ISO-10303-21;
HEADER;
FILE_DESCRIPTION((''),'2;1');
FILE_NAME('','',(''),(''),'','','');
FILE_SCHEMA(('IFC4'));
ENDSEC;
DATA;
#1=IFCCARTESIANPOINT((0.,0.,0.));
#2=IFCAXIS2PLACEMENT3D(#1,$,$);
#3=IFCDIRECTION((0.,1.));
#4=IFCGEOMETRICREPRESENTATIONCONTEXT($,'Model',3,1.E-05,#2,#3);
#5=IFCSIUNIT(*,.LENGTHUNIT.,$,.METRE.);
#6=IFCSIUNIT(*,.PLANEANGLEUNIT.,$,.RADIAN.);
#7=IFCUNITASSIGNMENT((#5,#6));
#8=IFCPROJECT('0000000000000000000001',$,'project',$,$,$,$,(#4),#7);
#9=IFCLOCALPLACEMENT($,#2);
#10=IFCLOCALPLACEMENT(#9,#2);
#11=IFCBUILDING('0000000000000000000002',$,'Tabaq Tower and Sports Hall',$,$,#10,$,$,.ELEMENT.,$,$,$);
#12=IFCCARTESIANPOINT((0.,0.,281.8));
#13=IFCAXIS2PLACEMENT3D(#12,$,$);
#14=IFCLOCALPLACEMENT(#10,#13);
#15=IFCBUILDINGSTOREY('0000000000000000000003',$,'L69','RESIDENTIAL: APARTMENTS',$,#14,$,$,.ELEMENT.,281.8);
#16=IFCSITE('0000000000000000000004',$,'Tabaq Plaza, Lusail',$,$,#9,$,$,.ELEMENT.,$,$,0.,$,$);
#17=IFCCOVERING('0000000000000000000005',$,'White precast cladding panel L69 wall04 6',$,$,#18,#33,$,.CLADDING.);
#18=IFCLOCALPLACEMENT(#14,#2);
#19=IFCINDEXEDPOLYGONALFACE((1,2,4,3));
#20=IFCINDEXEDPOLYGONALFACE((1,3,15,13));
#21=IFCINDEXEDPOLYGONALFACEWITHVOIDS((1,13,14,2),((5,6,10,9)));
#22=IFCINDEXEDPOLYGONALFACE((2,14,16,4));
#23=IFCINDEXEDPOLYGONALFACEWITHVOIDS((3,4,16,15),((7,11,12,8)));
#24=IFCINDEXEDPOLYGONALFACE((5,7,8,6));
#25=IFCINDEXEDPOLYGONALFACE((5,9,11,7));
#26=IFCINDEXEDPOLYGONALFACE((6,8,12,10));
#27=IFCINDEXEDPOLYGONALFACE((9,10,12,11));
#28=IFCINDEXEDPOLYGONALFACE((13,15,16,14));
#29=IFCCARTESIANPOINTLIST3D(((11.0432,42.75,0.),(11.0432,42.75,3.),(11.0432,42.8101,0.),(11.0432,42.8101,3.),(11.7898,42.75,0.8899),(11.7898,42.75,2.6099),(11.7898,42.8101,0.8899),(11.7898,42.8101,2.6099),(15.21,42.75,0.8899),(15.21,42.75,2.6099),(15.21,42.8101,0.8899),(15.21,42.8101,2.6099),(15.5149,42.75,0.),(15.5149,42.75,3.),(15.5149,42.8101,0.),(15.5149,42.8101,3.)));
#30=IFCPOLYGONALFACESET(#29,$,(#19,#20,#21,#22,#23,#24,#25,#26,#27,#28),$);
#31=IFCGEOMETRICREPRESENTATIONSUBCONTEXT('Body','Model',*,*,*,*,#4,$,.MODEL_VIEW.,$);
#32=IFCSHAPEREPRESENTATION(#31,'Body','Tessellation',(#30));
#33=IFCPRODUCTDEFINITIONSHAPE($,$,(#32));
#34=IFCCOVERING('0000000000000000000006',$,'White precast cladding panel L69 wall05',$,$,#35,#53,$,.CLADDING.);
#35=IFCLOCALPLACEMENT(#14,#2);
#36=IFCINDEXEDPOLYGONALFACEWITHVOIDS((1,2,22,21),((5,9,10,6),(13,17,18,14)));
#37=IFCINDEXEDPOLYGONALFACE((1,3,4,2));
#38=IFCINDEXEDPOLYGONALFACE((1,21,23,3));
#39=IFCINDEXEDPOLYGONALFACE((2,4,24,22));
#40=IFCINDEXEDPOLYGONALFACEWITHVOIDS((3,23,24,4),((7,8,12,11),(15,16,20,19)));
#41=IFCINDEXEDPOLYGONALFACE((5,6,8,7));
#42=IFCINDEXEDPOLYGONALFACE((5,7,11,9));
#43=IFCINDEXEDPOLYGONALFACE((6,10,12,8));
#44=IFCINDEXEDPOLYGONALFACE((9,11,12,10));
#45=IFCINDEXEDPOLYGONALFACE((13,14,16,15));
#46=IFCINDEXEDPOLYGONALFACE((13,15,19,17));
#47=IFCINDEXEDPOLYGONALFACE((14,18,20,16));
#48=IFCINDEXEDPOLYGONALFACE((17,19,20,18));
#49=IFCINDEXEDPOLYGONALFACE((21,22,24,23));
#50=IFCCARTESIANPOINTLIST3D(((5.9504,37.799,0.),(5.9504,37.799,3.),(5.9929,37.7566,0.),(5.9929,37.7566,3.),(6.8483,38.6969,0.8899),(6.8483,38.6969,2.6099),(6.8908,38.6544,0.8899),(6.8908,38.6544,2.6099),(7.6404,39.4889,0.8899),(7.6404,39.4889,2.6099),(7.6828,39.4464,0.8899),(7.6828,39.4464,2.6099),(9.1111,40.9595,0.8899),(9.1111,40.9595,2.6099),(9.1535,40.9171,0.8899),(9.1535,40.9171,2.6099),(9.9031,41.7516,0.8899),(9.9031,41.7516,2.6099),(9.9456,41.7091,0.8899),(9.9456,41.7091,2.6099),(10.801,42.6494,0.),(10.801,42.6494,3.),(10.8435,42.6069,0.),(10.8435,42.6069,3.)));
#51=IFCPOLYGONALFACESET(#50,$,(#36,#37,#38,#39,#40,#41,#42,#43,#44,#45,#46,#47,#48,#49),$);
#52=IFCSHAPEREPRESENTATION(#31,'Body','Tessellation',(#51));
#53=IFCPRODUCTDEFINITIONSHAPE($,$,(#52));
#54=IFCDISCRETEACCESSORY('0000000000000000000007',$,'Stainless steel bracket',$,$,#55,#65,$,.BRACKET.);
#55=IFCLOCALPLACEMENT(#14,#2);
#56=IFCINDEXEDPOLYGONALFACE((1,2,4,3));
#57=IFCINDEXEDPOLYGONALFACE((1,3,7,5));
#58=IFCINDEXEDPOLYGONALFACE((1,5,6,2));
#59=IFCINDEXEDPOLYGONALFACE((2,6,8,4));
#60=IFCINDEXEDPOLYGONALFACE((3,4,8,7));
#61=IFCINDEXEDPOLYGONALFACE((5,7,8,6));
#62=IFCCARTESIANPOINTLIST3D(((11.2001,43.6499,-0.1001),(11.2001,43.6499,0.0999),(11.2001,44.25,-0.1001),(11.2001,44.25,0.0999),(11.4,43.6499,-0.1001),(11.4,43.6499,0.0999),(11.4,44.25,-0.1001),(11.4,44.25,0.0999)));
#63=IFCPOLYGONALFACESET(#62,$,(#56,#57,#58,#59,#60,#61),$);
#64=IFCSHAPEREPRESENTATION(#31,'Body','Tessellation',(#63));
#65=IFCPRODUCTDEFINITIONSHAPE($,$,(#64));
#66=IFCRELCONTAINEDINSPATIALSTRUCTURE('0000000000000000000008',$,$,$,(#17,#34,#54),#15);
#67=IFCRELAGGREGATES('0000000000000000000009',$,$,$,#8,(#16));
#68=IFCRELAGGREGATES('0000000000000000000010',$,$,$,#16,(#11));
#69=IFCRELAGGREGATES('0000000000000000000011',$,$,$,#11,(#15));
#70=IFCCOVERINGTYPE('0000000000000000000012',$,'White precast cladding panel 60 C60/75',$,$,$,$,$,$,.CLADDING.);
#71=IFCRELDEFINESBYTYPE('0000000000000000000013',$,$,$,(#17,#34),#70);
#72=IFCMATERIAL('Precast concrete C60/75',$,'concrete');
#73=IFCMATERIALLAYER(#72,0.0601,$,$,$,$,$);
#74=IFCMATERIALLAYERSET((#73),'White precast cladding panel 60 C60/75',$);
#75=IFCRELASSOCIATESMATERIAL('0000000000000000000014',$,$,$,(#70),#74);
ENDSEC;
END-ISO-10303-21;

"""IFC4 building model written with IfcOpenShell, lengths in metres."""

from ifc_helpers import new_model, si_unit, direction, frame, origin, origin_2d, place, context, subcontext, project, spatial, polyline, rectangle, outline, extrude, material, layer, layer_set, type_object, element, save


model = new_model("IFC4")

# Units and contexts
model_context = context("Model", 3, precision=1e-05, world=origin(), true_north=direction((0.0, 1.0)))
body_context = subcontext(model_context, "Body", "Model", "MODEL_VIEW")
ifc_project = project(units=[si_unit("LENGTHUNIT", "METRE"), si_unit("PLANEANGLEUNIT", "RADIAN")], contexts=[model_context])

# Site, building, storey
site_placement = place(None, origin())
site = spatial("IfcSite", under=ifc_project, at=site_placement, Name="Tabaq Plaza, Lusail", CompositionType="ELEMENT", RefElevation=0.0)
building_placement = place(site_placement, origin())
building = spatial("IfcBuilding", under=site, at=building_placement, Name="Tabaq Tower and Sports Hall", CompositionType="ELEMENT")
storey_placement = place(building_placement, frame((0.0, 0.0, 281.8)))
storey = spatial("IfcBuildingStorey", under=building, at=storey_placement, Name="L69", Description="RESIDENTIAL: APARTMENTS", CompositionType="ELEMENT", Elevation=281.8)

# Coverings
ifc_material_1 = material(Name="Precast concrete C60/75", Category="concrete")
ifc_layer_1 = layer(ifc_material_1, 0.0601)
ifc_layer_set_1 = layer_set([ifc_layer_1], Name="White precast cladding panel 60 C60/75")
covering_type = type_object("IfcCoveringType", Name="White precast cladding panel 60 C60/75", PredefinedType="CLADDING", material=ifc_layer_set_1)
covering_1_placement = place(storey_placement, frame((15.5149, 42.78, 0.0), z_axis=(0.0, 0.0, 1.0), x_axis=(-1.0, 0.0, 0.0)))
element("IfcCovering", 1, at=covering_1_placement, inside=storey, type_object=covering_type, Name="White precast cladding panel L69 wall04 6", PredefinedType="CLADDING", context=body_context, shape_type="SweptSolid", body=[
    extrude(outline(polyline([(0.0, 0.0), (4.4717, 0.0), (4.4717, 3.0), (0.0, 3.0), (0.0, 0.0)]), holes=[polyline([(0.3049, 0.8899), (0.3049, 2.6099), (3.7251, 2.6099), (3.7251, 0.8899), (0.3049, 0.8899)])]), frame((0.0, 0.03, 0.0), z_axis=(0.0, -1.0, 0.0), x_axis=(1.0, 0.0, 0.0)), (0.0, 0.0, 1.0), 0.0601),
])
covering_2_placement = place(storey_placement, frame((10.8223, 42.6282, 0.0), z_axis=(0.0, 0.0, 1.0), x_axis=(-0.707125, -0.707089, 0.0)))
element("IfcCovering", 2, at=covering_2_placement, inside=storey, type_object=covering_type, Name="White precast cladding panel L69 wall05", PredefinedType="CLADDING", context=body_context, shape_type="SweptSolid", body=[
    extrude(outline(polyline([(0.0, 0.0), (6.8596, 0.0), (6.8596, 3.0), (0.0, 3.0), (0.0, 0.0)]), holes=[polyline([(1.2698, 2.6099), (2.3899, 2.6099), (2.3899, 0.8899), (1.2698, 0.8899), (1.2698, 2.6099)]), polyline([(4.4697, 2.6099), (5.5898, 2.6099), (5.5898, 0.8899), (4.4697, 0.8899), (4.4697, 2.6099)])]), frame((0.0, 0.03, 0.0), z_axis=(0.0, -1.0, 0.0), x_axis=(1.0, 0.0, 0.0)), (0.0, 0.0, 1.0), 0.0601),
])

# Discrete accessory
discrete_accessory_placement = place(storey_placement, frame((11.3, 43.95, -0.1001), z_axis=(0.0, 0.0, 1.0), x_axis=(0.0, 1.0, 0.0)))
element("IfcDiscreteAccessory", 3, at=discrete_accessory_placement, inside=storey, Name="Stainless steel bracket", PredefinedType="BRACKET", context=body_context, shape_type="SweptSolid", body=[
    extrude(rectangle(XDim=0.6001, YDim=0.2, at=origin_2d()), origin(), (0.0, 0.0, 1.0), 0.2),
])

save(model, "model.ifc")
